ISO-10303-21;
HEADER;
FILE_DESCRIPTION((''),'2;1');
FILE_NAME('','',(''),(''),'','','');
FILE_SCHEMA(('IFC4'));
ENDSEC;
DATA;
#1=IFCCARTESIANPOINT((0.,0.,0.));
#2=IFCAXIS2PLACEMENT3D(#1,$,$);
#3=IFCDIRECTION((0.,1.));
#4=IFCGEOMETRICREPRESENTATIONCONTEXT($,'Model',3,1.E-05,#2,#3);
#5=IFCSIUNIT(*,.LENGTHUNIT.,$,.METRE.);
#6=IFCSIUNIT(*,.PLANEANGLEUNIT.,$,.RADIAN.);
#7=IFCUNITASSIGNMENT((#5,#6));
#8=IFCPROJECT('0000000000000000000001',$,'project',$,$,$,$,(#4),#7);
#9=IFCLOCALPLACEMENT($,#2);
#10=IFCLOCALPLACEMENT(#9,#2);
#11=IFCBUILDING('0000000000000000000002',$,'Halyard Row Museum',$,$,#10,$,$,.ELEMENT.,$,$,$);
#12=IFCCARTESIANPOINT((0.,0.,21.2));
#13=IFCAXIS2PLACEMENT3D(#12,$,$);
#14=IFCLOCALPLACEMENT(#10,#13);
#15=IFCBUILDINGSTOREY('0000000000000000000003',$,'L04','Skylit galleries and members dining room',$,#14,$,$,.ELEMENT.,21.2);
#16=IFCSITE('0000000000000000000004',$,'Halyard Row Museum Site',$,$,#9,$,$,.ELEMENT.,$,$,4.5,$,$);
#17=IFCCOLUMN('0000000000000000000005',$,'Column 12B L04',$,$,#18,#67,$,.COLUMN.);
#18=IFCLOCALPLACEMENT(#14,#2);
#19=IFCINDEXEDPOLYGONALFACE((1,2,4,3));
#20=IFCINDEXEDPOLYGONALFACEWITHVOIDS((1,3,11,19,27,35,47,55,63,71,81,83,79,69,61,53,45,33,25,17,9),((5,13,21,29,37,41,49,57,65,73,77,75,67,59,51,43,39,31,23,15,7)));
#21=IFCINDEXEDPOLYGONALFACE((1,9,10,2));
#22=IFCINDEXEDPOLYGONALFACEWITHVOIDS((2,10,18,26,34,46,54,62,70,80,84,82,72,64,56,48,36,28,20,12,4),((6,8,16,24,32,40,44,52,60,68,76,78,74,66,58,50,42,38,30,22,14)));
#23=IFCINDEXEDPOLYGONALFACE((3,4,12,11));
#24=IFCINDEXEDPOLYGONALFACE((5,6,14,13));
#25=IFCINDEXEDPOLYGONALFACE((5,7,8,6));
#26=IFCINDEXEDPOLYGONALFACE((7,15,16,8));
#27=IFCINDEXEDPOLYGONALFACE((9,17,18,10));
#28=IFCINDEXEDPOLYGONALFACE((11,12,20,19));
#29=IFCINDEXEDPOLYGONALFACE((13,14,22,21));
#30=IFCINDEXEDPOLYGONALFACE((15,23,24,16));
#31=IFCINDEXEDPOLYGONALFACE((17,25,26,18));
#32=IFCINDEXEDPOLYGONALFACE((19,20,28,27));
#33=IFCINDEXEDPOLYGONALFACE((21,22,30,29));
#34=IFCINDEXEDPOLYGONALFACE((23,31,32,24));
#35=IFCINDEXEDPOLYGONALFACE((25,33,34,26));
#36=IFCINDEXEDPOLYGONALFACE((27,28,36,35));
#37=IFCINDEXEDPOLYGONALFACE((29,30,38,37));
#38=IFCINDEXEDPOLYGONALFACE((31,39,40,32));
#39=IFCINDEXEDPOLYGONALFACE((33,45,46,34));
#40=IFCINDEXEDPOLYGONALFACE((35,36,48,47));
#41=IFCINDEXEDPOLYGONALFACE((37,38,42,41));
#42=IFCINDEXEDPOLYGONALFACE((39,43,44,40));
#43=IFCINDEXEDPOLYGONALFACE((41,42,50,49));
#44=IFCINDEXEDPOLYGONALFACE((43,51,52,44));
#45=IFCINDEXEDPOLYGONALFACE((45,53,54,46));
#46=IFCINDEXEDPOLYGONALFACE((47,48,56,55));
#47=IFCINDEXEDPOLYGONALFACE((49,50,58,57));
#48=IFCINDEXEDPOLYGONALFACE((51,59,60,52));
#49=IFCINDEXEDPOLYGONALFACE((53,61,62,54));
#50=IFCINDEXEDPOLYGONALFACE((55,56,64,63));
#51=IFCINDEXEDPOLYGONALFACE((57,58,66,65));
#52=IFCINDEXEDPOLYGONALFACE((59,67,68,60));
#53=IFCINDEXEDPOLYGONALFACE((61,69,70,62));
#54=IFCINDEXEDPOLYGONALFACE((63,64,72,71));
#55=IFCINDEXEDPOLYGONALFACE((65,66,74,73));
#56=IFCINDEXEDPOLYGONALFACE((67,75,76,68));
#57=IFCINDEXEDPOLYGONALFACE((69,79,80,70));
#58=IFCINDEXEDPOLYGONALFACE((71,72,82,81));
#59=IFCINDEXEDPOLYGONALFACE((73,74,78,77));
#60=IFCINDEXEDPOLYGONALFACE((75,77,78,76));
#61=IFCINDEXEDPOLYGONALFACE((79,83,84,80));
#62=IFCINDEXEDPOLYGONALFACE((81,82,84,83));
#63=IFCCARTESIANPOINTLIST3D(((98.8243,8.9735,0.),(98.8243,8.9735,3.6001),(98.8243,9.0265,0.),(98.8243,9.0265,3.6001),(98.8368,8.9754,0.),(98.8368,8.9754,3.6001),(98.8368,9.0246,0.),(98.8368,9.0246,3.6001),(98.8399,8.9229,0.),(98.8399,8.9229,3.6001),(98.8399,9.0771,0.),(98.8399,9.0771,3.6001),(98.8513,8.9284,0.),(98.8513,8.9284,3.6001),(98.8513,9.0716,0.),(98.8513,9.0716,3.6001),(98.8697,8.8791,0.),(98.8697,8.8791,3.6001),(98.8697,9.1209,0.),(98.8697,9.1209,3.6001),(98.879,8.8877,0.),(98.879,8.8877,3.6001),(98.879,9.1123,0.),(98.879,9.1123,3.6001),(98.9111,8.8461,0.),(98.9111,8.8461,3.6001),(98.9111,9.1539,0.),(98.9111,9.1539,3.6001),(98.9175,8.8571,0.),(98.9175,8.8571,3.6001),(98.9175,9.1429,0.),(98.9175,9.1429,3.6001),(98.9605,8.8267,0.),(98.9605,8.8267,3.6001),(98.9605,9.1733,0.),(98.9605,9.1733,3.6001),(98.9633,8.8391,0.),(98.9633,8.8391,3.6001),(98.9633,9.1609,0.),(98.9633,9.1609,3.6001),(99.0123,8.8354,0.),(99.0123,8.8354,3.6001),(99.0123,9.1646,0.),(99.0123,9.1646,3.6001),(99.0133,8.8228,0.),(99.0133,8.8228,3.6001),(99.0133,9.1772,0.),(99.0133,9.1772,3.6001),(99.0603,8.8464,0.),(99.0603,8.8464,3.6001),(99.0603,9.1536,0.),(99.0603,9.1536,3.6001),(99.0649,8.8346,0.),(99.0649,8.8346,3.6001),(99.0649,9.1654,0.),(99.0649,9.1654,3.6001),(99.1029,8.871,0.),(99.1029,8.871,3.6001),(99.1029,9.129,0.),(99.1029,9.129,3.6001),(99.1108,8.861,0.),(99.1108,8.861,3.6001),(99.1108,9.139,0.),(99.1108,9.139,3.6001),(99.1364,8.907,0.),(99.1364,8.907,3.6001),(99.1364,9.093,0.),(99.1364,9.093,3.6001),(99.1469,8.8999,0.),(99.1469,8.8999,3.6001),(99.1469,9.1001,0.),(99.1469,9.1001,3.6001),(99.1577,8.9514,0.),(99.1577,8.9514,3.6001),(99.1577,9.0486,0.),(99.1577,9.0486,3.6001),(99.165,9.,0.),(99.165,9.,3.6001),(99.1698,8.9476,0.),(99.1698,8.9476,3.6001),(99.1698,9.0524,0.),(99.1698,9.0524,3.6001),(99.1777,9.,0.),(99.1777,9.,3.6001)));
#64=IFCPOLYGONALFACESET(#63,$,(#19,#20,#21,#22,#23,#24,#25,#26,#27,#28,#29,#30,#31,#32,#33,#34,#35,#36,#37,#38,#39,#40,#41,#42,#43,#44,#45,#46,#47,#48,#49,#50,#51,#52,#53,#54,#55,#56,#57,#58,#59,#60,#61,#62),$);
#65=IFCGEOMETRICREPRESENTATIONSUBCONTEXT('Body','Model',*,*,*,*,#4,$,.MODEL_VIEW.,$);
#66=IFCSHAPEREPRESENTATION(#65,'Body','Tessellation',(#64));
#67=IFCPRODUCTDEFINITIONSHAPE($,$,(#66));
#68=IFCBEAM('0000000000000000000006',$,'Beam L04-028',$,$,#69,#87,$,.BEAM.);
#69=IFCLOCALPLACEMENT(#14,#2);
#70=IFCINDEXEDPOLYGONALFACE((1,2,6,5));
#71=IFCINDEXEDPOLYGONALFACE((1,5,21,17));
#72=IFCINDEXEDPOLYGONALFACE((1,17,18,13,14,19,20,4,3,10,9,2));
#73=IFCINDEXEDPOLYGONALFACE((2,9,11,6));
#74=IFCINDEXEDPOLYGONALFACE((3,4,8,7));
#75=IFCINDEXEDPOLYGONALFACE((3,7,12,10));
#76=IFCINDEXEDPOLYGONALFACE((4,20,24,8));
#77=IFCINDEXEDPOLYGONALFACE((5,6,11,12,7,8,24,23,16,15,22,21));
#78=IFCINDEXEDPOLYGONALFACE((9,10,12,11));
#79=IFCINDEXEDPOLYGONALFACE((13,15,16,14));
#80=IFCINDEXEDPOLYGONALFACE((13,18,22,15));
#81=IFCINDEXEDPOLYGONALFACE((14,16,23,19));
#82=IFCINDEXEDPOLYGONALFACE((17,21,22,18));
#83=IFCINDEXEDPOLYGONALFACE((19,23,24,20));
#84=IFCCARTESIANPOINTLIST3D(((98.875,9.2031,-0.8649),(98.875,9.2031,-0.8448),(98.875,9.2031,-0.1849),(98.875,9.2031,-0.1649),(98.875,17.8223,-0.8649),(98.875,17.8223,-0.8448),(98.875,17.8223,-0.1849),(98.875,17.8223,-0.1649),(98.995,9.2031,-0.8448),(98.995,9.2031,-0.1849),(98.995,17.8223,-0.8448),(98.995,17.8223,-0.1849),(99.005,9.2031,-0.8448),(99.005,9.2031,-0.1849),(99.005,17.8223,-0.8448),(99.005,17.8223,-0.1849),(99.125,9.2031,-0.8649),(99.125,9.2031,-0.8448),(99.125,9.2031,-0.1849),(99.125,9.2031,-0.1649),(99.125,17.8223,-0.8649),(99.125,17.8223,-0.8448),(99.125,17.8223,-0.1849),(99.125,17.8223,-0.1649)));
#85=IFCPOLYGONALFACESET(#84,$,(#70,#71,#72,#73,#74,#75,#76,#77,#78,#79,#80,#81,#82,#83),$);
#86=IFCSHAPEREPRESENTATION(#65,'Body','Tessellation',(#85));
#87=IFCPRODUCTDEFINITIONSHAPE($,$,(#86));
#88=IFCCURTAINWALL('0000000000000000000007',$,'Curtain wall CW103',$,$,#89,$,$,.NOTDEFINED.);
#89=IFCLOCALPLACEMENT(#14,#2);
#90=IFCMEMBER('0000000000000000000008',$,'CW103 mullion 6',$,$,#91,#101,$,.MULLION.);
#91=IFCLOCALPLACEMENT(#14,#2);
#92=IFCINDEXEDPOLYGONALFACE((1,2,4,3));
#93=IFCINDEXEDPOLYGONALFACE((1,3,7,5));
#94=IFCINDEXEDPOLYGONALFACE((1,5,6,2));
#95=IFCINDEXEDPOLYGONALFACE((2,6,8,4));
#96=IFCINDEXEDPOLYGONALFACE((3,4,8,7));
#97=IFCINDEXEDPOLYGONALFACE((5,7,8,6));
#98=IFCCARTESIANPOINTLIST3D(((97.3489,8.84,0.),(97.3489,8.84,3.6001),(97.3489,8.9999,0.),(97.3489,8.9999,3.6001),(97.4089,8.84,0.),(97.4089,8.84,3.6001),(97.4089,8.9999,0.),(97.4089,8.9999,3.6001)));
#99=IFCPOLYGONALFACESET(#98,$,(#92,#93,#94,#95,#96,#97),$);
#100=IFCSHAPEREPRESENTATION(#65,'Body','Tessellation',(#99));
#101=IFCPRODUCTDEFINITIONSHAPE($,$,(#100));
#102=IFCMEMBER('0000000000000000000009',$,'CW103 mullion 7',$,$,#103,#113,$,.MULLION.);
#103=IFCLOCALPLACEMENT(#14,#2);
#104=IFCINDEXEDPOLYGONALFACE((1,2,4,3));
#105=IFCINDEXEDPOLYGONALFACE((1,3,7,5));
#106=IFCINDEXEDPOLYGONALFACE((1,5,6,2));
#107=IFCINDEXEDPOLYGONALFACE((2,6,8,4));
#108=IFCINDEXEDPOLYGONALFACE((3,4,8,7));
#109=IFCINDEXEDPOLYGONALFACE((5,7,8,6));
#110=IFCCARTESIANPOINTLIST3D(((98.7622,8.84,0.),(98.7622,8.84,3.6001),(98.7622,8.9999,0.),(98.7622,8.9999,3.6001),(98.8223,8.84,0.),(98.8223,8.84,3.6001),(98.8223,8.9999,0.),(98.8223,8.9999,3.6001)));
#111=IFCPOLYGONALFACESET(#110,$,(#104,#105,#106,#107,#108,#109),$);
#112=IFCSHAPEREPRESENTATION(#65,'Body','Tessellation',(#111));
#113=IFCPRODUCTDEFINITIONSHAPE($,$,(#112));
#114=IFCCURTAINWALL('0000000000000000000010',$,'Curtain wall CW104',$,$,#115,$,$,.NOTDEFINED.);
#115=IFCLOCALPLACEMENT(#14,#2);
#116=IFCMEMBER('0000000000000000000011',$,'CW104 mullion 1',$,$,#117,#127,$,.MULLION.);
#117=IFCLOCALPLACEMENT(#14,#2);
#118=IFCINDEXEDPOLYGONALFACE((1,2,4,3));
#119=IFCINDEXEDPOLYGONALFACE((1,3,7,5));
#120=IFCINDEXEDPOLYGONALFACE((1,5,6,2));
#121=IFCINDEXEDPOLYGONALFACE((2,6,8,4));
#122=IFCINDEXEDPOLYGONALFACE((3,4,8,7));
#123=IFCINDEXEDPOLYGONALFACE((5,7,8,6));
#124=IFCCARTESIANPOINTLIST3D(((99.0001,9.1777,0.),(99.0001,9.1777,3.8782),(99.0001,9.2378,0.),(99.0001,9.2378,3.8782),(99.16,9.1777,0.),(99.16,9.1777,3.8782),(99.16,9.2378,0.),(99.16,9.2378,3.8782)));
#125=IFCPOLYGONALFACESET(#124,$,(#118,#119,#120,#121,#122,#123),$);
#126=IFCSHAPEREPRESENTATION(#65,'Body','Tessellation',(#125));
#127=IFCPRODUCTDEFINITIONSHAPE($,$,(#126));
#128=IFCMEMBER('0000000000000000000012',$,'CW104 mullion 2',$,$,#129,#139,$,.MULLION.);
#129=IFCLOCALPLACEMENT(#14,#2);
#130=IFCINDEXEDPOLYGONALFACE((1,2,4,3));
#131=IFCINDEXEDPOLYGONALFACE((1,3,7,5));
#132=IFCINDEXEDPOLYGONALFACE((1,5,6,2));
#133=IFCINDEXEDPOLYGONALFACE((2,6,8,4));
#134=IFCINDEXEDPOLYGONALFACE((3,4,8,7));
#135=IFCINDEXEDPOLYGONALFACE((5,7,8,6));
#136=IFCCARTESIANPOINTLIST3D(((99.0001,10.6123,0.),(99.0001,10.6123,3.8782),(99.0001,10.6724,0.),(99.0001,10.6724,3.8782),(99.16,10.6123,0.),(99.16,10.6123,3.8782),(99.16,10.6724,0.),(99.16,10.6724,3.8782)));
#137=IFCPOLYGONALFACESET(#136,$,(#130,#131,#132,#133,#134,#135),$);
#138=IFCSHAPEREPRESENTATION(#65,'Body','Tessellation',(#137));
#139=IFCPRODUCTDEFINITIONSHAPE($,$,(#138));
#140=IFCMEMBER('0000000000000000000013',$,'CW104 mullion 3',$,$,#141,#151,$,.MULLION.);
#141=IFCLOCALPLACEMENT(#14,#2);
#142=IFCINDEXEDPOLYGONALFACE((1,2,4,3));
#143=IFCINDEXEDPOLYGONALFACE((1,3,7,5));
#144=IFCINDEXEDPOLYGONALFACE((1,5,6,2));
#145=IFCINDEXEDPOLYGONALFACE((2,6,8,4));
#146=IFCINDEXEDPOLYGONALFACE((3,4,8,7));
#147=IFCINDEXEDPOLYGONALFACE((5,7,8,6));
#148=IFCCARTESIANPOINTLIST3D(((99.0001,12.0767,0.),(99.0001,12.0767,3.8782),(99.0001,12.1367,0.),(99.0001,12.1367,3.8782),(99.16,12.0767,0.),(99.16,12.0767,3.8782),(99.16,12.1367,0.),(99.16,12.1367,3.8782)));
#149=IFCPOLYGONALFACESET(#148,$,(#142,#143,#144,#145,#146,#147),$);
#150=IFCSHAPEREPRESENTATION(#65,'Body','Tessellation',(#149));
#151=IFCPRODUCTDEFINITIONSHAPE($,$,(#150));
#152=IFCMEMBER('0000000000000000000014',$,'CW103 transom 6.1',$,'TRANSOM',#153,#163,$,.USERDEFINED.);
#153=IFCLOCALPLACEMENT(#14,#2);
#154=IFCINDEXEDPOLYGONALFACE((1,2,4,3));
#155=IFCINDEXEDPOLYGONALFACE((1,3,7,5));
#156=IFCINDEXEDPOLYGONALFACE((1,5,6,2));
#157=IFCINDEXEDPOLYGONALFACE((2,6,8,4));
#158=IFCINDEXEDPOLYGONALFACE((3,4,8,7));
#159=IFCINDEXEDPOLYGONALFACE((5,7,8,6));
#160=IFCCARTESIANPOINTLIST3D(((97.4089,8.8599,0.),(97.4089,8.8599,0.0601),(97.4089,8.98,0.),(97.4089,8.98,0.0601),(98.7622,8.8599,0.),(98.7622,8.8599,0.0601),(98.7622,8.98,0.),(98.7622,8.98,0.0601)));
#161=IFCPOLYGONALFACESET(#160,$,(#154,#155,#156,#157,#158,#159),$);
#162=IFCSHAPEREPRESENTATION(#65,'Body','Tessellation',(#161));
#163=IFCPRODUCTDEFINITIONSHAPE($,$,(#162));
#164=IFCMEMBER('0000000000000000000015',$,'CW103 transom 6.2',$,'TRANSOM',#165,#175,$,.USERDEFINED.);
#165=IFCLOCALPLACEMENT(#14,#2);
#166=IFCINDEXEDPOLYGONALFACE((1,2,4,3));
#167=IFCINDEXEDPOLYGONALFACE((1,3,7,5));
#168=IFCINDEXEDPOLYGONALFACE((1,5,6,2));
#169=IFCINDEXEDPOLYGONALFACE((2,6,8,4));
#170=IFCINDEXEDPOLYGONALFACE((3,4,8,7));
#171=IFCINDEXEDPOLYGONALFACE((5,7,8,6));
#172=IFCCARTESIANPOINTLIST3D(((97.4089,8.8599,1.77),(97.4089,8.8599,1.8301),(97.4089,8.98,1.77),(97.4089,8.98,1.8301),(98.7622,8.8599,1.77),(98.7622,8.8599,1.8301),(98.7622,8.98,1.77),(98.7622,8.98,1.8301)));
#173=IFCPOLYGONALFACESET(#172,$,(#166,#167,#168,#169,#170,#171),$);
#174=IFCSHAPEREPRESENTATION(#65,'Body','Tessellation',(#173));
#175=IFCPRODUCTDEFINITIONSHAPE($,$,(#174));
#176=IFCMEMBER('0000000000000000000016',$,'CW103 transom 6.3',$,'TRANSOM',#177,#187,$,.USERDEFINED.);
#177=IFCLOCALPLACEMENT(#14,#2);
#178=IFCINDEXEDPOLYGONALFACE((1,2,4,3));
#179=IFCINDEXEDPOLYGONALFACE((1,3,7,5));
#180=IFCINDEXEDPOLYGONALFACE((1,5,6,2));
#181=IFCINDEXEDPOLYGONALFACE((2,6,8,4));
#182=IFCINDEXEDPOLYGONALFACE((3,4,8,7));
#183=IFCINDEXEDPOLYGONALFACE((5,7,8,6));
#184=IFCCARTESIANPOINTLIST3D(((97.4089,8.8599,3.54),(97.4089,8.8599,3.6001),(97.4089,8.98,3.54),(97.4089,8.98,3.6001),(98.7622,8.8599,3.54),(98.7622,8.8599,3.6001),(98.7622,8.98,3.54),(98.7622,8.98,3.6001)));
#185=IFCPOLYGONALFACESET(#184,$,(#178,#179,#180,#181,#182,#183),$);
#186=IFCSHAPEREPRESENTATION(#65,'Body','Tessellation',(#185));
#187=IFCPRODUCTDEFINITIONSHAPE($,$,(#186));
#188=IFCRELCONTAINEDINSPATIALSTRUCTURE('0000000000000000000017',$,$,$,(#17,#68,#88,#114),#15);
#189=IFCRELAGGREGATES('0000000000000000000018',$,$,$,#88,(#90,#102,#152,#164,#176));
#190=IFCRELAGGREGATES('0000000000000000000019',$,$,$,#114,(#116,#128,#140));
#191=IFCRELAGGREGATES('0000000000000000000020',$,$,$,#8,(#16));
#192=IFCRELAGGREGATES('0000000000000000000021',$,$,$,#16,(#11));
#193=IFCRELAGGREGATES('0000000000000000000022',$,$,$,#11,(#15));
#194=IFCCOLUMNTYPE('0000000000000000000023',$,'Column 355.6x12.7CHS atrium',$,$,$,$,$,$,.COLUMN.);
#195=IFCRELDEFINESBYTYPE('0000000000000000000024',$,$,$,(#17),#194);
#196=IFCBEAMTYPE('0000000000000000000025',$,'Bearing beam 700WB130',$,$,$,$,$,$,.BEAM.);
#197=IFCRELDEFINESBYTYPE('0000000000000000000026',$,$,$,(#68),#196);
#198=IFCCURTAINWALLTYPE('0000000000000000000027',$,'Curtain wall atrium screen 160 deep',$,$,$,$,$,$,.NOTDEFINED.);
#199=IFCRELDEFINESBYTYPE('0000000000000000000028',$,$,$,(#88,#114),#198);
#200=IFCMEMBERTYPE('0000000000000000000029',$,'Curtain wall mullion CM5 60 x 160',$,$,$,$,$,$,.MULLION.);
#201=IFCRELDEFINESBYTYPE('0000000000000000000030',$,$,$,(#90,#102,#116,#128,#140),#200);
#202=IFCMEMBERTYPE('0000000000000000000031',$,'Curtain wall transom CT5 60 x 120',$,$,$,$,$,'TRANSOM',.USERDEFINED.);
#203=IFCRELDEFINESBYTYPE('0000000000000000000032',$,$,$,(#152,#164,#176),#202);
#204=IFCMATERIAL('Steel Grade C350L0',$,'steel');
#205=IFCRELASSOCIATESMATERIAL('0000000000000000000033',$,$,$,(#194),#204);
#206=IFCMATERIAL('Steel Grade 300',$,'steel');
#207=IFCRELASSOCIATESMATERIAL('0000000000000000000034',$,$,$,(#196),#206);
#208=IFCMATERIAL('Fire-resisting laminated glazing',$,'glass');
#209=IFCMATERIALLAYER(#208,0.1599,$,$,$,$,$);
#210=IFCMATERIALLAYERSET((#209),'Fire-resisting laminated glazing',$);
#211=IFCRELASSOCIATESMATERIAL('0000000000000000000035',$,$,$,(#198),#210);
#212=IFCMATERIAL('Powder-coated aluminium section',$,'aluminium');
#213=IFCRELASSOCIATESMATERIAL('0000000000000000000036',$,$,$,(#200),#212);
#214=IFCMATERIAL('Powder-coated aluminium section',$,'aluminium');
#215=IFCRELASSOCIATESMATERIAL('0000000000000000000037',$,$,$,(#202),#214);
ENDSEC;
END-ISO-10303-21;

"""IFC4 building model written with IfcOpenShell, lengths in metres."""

from ifc_helpers import new_model, si_unit, direction, frame, origin, origin_2d, place, context, subcontext, project, spatial, rectangle, hollow_circle, i_section, extrude, material, layer, layer_set, material_profile, profile_set, type_object, element, aggregate, save


model = new_model("IFC4")

# Units and contexts
model_context = context("Model", 3, precision=1e-05, world=origin(), true_north=direction((0.0, 1.0)))
body_context = subcontext(model_context, "Body", "Model", "MODEL_VIEW")
ifc_project = project(units=[si_unit("LENGTHUNIT", "METRE"), si_unit("PLANEANGLEUNIT", "RADIAN")], contexts=[model_context])

# Site, building, storey
site_placement = place(None, origin())
site = spatial("IfcSite", under=ifc_project, at=site_placement, Name="Halyard Row Museum Site", CompositionType="ELEMENT", RefElevation=4.5)
building_placement = place(site_placement, origin())
building = spatial("IfcBuilding", under=site, at=building_placement, Name="Halyard Row Museum", CompositionType="ELEMENT")
storey_placement = place(building_placement, frame((0.0, 0.0, 21.2)))
storey = spatial("IfcBuildingStorey", under=building, at=storey_placement, Name="L04", Description="Skylit galleries and members dining room", CompositionType="ELEMENT", Elevation=21.2)

# Column
ifc_material_1 = material(Name="Steel Grade C350L0", Category="steel")
ifc_material_profile_1 = material_profile(ifc_material_1, hollow_circle(Radius=0.1777, WallThickness=0.0127, at=origin_2d()), Name="355.6x12.7CHS")
ifc_profile_set_1 = profile_set([ifc_material_profile_1], Name="Steel Grade C350L0")
column_type = type_object("IfcColumnType", Name="Column 355.6x12.7CHS atrium", PredefinedType="COLUMN", material=ifc_profile_set_1)
column_placement = place(storey_placement, frame((99.0, 9.0, 0.0), z_axis=(0.0, 0.0, 1.0), x_axis=(1.0, 0.0, 0.0)))
element("IfcColumn", 1, at=column_placement, inside=storey, type_object=column_type, Name="Column 12B L04", PredefinedType="COLUMN", context=body_context, shape_type="SweptSolid", body=[
    extrude(hollow_circle(Radius=0.1777, WallThickness=0.0127, at=origin_2d()), origin(), (0.0, 0.0, 1.0), 3.6001),
])

# Beam
ifc_material_2 = material(Name="Steel Grade 300", Category="steel")
ifc_material_profile_2 = material_profile(ifc_material_2, i_section(OverallWidth=0.25, OverallDepth=0.7, WebThickness=0.01, FlangeThickness=0.02, at=origin_2d()), Name="700WB130")
ifc_profile_set_2 = profile_set([ifc_material_profile_2], Name="Steel Grade 300")
beam_type = type_object("IfcBeamType", Name="Bearing beam 700WB130", PredefinedType="BEAM", material=ifc_profile_set_2)
beam_placement = place(storey_placement, frame((99.0, 9.2031, -0.5149), z_axis=(0.0, 1.0, 0.0), x_axis=(-1.0, 0.0, 0.0)))
element("IfcBeam", 2, at=beam_placement, inside=storey, type_object=beam_type, Name="Beam L04-028", PredefinedType="BEAM", context=body_context, shape_type="SweptSolid", body=[
    extrude(i_section(OverallWidth=0.25, OverallDepth=0.7, WebThickness=0.01, FlangeThickness=0.02, at=origin_2d()), origin(), (0.0, 0.0, 1.0), 8.6191),
])

# Curtain walls, members
ifc_material_3 = material(Name="Fire-resisting laminated glazing", Category="glass")
ifc_layer_1 = layer(ifc_material_3, 0.1599)
ifc_layer_set_1 = layer_set([ifc_layer_1], Name="Fire-resisting laminated glazing")
curtain_wall_type = type_object("IfcCurtainWallType", Name="Curtain wall atrium screen 160 deep", PredefinedType="NOTDEFINED", material=ifc_layer_set_1)
curtain_wall_1_placement = place(storey_placement, origin())
curtain_wall_1 = element("IfcCurtainWall", 3, at=curtain_wall_1_placement, inside=storey, type_object=curtain_wall_type, Name="Curtain wall CW103", PredefinedType="NOTDEFINED")
ifc_material_4 = material(Name="Powder-coated aluminium section", Category="aluminium")
ifc_material_profile_3 = material_profile(ifc_material_4, rectangle(XDim=0.1599, YDim=0.0601, at=origin_2d()), Name="160x60 mullion")
ifc_profile_set_3 = profile_set([ifc_material_profile_3], Name="Powder-coated aluminium section")
member_type_1 = type_object("IfcMemberType", Name="Curtain wall mullion CM5 60 x 160", PredefinedType="MULLION", material=ifc_profile_set_3)
member_1_placement = place(storey_placement, frame((97.3789, 8.9199, 0.0), z_axis=(0.0, 0.0, 1.0), x_axis=(0.0, 1.0, 0.0)))
member_1 = element("IfcMember", 4, at=member_1_placement, type_object=member_type_1, Name="CW103 mullion 6", PredefinedType="MULLION", context=body_context, shape_type="SweptSolid", body=[
    extrude(rectangle(XDim=0.1599, YDim=0.0601, at=origin_2d()), origin(), (0.0, 0.0, 1.0), 3.6001),
])
member_2_placement = place(storey_placement, frame((98.7922, 8.9199, 0.0), z_axis=(0.0, 0.0, 1.0), x_axis=(0.0, 1.0, 0.0)))
member_2 = element("IfcMember", 5, at=member_2_placement, type_object=member_type_1, Name="CW103 mullion 7", PredefinedType="MULLION", context=body_context, shape_type="SweptSolid", body=[
    extrude(rectangle(XDim=0.1599, YDim=0.0601, at=origin_2d()), origin(), (0.0, 0.0, 1.0), 3.6001),
])
curtain_wall_2_placement = place(storey_placement, origin())
curtain_wall_2 = element("IfcCurtainWall", 6, at=curtain_wall_2_placement, inside=storey, type_object=curtain_wall_type, Name="Curtain wall CW104", PredefinedType="NOTDEFINED")
member_3_placement = place(storey_placement, frame((99.0801, 9.2078, 0.0), z_axis=(0.0, 0.0, 1.0), x_axis=(-1.0, 0.0, 0.0)))
member_3 = element("IfcMember", 7, at=member_3_placement, type_object=member_type_1, Name="CW104 mullion 1", PredefinedType="MULLION", context=body_context, shape_type="SweptSolid", body=[
    extrude(rectangle(XDim=0.1599, YDim=0.0601, at=origin_2d()), origin(), (0.0, 0.0, 1.0), 3.8782),
])
member_4_placement = place(storey_placement, frame((99.0801, 10.6423, 0.0), z_axis=(0.0, 0.0, 1.0), x_axis=(-1.0, 0.0, 0.0)))
member_4 = element("IfcMember", 8, at=member_4_placement, type_object=member_type_1, Name="CW104 mullion 2", PredefinedType="MULLION", context=body_context, shape_type="SweptSolid", body=[
    extrude(rectangle(XDim=0.1599, YDim=0.0601, at=origin_2d()), origin(), (0.0, 0.0, 1.0), 3.8782),
])
member_5_placement = place(storey_placement, frame((99.0801, 12.1067, 0.0), z_axis=(0.0, 0.0, 1.0), x_axis=(-1.0, 0.0, 0.0)))
member_5 = element("IfcMember", 9, at=member_5_placement, type_object=member_type_1, Name="CW104 mullion 3", PredefinedType="MULLION", context=body_context, shape_type="SweptSolid", body=[
    extrude(rectangle(XDim=0.1599, YDim=0.0601, at=origin_2d()), origin(), (0.0, 0.0, 1.0), 3.8782),
])

# Members
ifc_material_5 = material(Name="Powder-coated aluminium section", Category="aluminium")
ifc_material_profile_4 = material_profile(ifc_material_5, rectangle(XDim=0.1201, YDim=0.0601, at=origin_2d()), Name="120x60 transom")
ifc_profile_set_4 = profile_set([ifc_material_profile_4], Name="Powder-coated aluminium section")
member_type_2 = type_object("IfcMemberType", Name="Curtain wall transom CT5 60 x 120", ElementType="TRANSOM", PredefinedType="USERDEFINED", material=ifc_profile_set_4)
member_6_placement = place(storey_placement, frame((97.4089, 8.9199, 0.03), z_axis=(1.0, 0.0, 0.0), x_axis=(0.0, 1.0, 0.0)))
member_6 = element("IfcMember", 10, at=member_6_placement, type_object=member_type_2, Name="CW103 transom 6.1", ObjectType="TRANSOM", PredefinedType="USERDEFINED", context=body_context, shape_type="SweptSolid", body=[
    extrude(rectangle(XDim=0.1201, YDim=0.0601, at=origin_2d()), origin(), (0.0, 0.0, 1.0), 1.3533),
])
member_7_placement = place(storey_placement, frame((97.4089, 8.9199, 1.8), z_axis=(1.0, 0.0, 0.0), x_axis=(0.0, 1.0, 0.0)))
member_7 = element("IfcMember", 11, at=member_7_placement, type_object=member_type_2, Name="CW103 transom 6.2", ObjectType="TRANSOM", PredefinedType="USERDEFINED", context=body_context, shape_type="SweptSolid", body=[
    extrude(rectangle(XDim=0.1201, YDim=0.0601, at=origin_2d()), origin(), (0.0, 0.0, 1.0), 1.3533),
])
member_8_placement = place(storey_placement, frame((97.4089, 8.9199, 3.5701), z_axis=(1.0, 0.0, 0.0), x_axis=(0.0, 1.0, 0.0)))
member_8 = element("IfcMember", 12, at=member_8_placement, type_object=member_type_2, Name="CW103 transom 6.3", ObjectType="TRANSOM", PredefinedType="USERDEFINED", context=body_context, shape_type="SweptSolid", body=[
    extrude(rectangle(XDim=0.1201, YDim=0.0601, at=origin_2d()), origin(), (0.0, 0.0, 1.0), 1.3533),
])

aggregate(curtain_wall_1, [member_1, member_2, member_6, member_7, member_8])
aggregate(curtain_wall_2, [member_3, member_4, member_5])

save(model, "model.ifc")
